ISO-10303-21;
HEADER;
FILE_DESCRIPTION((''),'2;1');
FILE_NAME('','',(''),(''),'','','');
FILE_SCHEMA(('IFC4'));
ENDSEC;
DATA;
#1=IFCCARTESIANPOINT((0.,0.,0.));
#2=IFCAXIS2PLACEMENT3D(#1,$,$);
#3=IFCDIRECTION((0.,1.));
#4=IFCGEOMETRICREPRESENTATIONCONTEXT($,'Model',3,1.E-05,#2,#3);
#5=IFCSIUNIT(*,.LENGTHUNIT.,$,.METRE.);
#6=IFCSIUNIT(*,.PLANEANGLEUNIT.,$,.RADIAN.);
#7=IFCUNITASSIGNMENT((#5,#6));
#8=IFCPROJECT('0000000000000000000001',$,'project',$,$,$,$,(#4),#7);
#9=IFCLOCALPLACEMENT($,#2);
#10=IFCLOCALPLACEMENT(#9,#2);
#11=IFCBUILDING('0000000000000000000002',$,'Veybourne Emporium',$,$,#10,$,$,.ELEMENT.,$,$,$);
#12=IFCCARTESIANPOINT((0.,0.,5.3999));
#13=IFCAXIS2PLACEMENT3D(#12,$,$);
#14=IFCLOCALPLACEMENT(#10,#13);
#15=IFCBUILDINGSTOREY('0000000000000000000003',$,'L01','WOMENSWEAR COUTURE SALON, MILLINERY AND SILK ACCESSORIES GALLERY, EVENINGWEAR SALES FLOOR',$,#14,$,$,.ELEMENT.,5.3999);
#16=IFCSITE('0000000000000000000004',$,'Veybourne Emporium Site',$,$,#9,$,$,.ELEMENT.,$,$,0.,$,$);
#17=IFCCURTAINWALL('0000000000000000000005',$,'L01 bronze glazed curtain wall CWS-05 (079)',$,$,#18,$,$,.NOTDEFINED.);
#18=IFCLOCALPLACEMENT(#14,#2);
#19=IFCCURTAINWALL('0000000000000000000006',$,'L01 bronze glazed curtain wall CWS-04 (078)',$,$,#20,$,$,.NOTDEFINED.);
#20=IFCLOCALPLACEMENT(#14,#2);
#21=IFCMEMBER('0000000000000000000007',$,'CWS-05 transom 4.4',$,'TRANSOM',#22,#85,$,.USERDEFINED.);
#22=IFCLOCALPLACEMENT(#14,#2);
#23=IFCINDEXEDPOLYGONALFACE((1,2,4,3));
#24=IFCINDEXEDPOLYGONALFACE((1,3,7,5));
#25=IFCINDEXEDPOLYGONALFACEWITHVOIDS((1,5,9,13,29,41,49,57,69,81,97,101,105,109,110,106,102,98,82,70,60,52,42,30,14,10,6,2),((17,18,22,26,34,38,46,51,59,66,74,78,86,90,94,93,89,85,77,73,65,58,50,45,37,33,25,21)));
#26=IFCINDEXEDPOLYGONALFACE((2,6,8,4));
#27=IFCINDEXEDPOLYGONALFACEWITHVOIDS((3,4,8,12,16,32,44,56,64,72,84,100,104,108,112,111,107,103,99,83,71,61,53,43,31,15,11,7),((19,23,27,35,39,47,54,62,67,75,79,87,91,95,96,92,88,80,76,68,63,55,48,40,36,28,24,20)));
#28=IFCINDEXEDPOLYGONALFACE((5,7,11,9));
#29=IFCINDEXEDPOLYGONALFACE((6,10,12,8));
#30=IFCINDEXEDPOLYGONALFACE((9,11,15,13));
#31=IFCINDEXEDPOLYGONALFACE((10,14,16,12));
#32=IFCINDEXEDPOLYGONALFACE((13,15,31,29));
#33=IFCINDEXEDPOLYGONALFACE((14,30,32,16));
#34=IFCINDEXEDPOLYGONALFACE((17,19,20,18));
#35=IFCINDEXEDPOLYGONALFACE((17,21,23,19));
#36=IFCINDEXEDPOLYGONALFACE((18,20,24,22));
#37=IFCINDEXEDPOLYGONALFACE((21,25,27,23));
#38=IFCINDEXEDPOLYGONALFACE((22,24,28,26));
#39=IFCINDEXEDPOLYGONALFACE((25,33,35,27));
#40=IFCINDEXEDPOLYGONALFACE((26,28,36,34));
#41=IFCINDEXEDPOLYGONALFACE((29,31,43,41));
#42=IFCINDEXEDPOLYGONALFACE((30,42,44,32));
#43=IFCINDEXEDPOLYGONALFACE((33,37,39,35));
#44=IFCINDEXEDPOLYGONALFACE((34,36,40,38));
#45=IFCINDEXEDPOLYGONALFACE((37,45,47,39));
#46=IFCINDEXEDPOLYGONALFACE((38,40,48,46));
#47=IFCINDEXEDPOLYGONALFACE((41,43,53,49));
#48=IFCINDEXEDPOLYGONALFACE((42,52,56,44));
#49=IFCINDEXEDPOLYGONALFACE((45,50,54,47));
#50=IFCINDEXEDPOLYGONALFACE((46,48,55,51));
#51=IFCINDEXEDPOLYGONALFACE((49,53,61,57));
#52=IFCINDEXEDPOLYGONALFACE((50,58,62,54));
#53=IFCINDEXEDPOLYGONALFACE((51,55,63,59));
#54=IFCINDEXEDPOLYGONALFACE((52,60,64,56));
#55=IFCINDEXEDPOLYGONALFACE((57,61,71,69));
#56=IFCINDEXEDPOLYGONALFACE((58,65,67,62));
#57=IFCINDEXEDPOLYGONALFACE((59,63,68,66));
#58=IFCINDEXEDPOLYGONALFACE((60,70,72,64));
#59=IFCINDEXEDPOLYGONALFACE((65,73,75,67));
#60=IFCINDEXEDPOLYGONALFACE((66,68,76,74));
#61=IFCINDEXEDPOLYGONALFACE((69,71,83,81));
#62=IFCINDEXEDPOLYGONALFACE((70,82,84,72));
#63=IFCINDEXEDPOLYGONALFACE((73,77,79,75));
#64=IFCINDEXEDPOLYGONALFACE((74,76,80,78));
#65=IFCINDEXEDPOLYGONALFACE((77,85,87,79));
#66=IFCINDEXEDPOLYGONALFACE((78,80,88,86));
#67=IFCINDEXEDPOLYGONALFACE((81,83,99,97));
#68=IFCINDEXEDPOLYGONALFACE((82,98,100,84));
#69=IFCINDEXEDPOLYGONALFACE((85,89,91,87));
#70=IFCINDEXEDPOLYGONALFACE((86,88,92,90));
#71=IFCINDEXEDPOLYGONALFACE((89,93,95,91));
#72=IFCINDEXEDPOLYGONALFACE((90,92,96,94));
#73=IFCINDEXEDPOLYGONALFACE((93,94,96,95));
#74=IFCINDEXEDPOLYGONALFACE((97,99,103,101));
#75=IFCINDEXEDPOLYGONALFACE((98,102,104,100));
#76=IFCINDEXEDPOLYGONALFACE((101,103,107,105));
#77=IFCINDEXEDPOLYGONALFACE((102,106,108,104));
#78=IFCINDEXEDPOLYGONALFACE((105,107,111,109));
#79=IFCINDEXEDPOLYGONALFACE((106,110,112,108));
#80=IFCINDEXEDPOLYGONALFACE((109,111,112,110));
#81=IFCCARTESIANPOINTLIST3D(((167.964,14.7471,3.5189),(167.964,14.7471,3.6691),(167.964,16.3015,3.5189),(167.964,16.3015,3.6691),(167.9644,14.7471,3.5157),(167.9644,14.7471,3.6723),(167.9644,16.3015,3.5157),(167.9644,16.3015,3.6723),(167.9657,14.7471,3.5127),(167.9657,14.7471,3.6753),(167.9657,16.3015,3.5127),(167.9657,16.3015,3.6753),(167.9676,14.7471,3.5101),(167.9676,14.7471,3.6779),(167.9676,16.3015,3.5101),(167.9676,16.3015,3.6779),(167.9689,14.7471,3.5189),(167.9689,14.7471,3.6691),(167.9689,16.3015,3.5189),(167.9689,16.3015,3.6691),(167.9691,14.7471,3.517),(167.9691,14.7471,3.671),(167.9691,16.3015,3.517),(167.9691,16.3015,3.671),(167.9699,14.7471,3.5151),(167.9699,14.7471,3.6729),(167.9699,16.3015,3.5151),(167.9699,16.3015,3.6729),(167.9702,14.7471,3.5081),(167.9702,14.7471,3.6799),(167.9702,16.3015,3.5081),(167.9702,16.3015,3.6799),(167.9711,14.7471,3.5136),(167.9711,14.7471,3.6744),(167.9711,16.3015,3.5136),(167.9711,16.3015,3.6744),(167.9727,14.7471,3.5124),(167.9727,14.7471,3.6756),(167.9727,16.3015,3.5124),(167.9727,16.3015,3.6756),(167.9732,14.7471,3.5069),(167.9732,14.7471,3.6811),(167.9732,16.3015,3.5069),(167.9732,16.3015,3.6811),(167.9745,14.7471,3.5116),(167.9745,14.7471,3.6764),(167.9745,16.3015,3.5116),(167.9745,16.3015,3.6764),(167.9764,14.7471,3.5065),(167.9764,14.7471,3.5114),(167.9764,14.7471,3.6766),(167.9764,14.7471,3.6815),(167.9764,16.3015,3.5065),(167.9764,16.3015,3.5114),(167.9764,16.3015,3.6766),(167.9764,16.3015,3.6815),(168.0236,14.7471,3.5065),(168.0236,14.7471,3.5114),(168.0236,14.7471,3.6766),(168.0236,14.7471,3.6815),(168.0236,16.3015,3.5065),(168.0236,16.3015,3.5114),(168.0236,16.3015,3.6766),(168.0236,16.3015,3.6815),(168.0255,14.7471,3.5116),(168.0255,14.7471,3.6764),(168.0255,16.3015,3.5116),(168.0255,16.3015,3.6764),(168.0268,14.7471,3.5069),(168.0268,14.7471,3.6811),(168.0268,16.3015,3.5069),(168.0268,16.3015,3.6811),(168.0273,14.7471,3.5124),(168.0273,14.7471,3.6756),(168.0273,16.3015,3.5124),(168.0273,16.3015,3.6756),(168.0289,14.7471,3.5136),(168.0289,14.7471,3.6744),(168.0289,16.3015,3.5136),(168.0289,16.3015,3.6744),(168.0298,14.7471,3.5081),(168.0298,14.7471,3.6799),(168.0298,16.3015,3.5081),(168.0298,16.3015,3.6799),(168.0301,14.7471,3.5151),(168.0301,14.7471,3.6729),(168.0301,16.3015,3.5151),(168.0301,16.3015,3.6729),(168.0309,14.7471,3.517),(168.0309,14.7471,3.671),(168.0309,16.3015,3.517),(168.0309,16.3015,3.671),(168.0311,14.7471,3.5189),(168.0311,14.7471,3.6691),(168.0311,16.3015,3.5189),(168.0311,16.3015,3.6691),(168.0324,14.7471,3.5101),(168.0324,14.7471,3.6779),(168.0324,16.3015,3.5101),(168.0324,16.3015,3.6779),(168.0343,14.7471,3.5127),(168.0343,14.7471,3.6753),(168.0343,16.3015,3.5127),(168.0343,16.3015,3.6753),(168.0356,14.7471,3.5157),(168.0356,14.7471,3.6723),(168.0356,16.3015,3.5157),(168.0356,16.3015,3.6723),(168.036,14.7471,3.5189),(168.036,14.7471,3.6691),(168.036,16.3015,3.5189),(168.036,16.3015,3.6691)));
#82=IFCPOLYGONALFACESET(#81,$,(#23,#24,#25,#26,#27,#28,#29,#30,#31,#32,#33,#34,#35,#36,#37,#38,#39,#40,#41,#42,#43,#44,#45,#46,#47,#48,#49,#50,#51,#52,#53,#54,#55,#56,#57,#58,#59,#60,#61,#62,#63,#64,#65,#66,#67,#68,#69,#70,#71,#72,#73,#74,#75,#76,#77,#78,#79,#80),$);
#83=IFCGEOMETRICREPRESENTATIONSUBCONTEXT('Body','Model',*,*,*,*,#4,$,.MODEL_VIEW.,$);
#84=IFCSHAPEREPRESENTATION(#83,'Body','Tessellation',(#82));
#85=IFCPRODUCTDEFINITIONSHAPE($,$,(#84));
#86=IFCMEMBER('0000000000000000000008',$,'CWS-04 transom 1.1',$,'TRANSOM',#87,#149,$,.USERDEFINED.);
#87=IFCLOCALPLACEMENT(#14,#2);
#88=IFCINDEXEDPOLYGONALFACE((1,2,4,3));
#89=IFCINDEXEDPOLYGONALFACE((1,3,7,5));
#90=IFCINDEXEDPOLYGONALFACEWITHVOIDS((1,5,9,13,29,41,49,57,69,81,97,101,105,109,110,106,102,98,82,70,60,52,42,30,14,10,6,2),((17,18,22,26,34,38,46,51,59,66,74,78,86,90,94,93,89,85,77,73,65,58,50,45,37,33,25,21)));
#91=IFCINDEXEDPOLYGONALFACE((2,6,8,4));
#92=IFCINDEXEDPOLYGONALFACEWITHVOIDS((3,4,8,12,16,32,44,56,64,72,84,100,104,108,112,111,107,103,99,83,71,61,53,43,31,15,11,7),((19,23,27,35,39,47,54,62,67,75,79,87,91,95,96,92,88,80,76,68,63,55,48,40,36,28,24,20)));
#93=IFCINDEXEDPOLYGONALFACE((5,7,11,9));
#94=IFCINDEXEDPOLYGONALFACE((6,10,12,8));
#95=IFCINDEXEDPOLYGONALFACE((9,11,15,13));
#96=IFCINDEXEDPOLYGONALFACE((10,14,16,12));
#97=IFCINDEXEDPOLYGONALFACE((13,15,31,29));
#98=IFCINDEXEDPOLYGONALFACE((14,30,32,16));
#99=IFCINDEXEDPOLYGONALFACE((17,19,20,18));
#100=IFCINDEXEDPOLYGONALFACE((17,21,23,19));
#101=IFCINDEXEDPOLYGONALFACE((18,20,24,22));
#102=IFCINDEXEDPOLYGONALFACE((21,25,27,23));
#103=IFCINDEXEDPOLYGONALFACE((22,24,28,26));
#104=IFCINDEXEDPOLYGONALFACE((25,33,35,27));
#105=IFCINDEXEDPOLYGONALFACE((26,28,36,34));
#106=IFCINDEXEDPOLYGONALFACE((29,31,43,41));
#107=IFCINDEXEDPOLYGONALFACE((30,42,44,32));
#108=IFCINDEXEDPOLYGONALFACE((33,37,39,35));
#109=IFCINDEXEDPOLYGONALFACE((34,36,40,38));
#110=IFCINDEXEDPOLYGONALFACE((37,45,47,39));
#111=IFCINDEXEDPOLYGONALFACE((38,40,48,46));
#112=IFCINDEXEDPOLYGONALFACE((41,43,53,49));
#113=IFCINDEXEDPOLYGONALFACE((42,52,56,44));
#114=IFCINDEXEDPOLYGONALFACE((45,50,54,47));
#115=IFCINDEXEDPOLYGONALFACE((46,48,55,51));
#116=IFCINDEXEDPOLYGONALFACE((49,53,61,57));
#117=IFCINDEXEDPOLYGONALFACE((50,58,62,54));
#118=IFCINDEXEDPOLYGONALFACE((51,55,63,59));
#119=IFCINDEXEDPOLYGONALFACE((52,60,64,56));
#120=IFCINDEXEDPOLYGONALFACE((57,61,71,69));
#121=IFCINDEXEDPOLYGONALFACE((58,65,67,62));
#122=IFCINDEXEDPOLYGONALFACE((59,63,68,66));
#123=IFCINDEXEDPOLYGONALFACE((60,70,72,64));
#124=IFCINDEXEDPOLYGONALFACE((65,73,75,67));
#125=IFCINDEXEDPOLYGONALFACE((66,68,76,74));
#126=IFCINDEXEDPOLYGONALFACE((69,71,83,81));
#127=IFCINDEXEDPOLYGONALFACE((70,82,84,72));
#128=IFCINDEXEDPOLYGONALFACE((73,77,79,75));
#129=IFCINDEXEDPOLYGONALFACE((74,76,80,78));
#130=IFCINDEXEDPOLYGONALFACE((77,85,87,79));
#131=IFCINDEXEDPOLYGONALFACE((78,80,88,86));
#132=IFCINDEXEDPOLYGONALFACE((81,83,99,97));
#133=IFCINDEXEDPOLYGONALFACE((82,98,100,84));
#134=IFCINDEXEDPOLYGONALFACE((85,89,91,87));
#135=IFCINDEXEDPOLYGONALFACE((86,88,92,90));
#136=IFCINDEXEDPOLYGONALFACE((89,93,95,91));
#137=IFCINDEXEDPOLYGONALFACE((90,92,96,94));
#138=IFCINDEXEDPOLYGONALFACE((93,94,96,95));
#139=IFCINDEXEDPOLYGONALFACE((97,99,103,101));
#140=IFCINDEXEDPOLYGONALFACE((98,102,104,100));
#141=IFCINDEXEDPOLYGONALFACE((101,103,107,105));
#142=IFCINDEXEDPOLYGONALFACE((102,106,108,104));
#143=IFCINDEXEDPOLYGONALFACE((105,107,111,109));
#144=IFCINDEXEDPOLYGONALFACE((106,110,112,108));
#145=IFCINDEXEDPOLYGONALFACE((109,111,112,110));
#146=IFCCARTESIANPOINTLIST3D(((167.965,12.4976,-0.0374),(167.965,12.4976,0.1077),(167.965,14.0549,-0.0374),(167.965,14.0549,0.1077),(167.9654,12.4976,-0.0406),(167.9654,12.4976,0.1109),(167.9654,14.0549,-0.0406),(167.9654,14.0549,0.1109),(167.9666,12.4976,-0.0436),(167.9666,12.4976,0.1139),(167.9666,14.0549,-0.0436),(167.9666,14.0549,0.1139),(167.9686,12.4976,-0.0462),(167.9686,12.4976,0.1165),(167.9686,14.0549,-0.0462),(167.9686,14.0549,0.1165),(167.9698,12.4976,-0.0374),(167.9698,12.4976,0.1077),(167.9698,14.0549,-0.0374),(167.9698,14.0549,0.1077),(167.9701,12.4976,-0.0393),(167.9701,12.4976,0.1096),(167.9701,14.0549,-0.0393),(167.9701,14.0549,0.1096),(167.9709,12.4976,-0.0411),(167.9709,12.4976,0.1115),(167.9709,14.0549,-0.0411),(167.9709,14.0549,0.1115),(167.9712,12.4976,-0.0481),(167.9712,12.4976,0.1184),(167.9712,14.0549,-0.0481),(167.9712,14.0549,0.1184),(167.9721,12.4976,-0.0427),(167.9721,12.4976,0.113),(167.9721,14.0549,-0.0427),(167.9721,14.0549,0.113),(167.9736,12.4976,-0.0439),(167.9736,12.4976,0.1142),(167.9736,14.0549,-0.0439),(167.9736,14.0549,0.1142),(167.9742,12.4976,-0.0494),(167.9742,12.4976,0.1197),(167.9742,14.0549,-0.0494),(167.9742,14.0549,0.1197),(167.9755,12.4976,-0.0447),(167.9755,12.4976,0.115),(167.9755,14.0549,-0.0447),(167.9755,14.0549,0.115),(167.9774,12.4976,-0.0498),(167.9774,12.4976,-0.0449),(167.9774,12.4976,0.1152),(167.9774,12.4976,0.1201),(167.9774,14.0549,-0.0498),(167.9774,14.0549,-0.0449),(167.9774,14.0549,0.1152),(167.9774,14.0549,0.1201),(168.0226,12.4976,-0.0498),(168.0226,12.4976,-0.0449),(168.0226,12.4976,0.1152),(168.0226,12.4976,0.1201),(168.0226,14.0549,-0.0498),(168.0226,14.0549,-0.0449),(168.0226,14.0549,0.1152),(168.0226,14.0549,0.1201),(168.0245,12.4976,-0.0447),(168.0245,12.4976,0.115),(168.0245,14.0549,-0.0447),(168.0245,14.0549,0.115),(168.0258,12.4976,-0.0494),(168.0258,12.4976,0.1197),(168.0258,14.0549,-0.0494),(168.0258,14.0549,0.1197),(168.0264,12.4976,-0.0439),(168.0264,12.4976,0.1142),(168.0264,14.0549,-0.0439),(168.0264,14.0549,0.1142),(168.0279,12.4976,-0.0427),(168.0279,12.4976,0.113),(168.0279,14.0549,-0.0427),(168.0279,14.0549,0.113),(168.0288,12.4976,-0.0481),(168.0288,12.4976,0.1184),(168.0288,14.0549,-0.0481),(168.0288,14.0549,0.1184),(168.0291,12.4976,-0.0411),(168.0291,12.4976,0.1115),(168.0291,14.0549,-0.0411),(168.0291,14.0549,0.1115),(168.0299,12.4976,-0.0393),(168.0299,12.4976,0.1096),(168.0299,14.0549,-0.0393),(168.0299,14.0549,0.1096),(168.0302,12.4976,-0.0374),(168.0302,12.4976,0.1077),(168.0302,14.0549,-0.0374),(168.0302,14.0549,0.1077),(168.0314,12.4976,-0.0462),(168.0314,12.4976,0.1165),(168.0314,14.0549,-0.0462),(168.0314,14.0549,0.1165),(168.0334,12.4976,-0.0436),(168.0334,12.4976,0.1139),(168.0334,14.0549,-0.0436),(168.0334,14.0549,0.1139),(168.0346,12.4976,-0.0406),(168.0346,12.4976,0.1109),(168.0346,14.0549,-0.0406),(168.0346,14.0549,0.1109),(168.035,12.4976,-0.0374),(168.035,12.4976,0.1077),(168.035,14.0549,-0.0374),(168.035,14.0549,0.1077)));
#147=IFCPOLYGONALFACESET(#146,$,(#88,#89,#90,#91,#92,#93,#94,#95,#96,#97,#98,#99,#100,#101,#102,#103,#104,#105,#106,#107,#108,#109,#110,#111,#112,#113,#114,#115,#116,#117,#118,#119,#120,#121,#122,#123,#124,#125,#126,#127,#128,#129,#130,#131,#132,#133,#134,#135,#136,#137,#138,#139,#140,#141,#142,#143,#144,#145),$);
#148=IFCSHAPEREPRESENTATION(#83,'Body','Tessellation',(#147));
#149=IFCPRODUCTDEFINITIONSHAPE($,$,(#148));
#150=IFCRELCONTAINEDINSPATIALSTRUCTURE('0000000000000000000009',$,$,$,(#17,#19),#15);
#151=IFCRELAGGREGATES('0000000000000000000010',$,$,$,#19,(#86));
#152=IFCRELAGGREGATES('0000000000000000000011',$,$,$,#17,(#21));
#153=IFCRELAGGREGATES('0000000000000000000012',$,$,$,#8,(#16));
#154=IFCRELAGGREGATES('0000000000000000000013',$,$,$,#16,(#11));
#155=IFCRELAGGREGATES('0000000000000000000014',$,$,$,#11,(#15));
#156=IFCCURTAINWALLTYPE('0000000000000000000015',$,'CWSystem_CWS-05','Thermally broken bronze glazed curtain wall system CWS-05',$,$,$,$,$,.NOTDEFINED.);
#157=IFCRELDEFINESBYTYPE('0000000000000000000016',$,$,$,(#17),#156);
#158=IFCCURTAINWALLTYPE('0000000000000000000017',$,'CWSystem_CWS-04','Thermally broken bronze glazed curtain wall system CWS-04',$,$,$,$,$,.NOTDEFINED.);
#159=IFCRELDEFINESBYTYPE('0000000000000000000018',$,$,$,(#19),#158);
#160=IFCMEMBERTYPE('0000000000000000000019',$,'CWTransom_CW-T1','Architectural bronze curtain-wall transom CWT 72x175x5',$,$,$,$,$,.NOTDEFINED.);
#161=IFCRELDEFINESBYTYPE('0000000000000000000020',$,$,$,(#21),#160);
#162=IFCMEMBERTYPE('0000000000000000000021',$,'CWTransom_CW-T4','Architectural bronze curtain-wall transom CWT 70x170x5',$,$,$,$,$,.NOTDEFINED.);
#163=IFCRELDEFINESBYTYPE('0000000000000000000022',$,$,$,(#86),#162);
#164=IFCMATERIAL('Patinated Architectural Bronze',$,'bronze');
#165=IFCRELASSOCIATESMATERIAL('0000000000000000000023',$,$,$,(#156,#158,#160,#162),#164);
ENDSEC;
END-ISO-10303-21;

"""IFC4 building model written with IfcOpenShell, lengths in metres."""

from ifc_helpers import new_model, si_unit, direction, frame, origin, origin_2d, place, context, subcontext, project, spatial, hollow_rectangle, extrude, material, material_profile, profile_set, type_object, element, aggregate, save


model = new_model("IFC4")

# Units and contexts
model_context = context("Model", 3, precision=1e-05, world=origin(), true_north=direction((0.0, 1.0)))
body_context = subcontext(model_context, "Body", "Model", "MODEL_VIEW")
ifc_project = project(units=[si_unit("LENGTHUNIT", "METRE"), si_unit("PLANEANGLEUNIT", "RADIAN")], contexts=[model_context])

# Site, building, storey
site_placement = place(None, origin())
site = spatial("IfcSite", under=ifc_project, at=site_placement, Name="Veybourne Emporium Site", CompositionType="ELEMENT", RefElevation=0.0)
building_placement = place(site_placement, origin())
building = spatial("IfcBuilding", under=site, at=building_placement, Name="Veybourne Emporium", CompositionType="ELEMENT")
storey_placement = place(building_placement, frame((0.0, 0.0, 5.3999)))
storey = spatial("IfcBuildingStorey", under=building, at=storey_placement, Name="L01", Description="WOMENSWEAR COUTURE SALON, MILLINERY AND SILK ACCESSORIES GALLERY, EVENINGWEAR SALES FLOOR", CompositionType="ELEMENT", Elevation=5.3999)

# Curtain wall
ifc_material_1 = material(Name="Patinated Architectural Bronze", Category="bronze")
curtain_wall_type_1 = type_object("IfcCurtainWallType", Name="CWSystem_CWS-05", Description="Thermally broken bronze glazed curtain wall system CWS-05", PredefinedType="NOTDEFINED", material=ifc_material_1)
curtain_wall_1_placement = place(storey_placement, origin())
curtain_wall_1 = element("IfcCurtainWall", 1, at=curtain_wall_1_placement, inside=storey, type_object=curtain_wall_type_1, Name="L01 bronze glazed curtain wall CWS-05 (079)", PredefinedType="NOTDEFINED")

# Curtain wall
curtain_wall_type_2 = type_object("IfcCurtainWallType", Name="CWSystem_CWS-04", Description="Thermally broken bronze glazed curtain wall system CWS-04", PredefinedType="NOTDEFINED", material=ifc_material_1)
curtain_wall_2_placement = place(storey_placement, origin())
curtain_wall_2 = element("IfcCurtainWall", 2, at=curtain_wall_2_placement, inside=storey, type_object=curtain_wall_type_2, Name="L01 bronze glazed curtain wall CWS-04 (078)", PredefinedType="NOTDEFINED")

# Members
ifc_material_profile_1 = material_profile(ifc_material_1, hollow_rectangle(XDim=0.072, YDim=0.175, WallThickness=0.0049, InnerFilletRadius=0.0076, OuterFilletRadius=0.0125, at=origin_2d()), Name="CWT 72x175x5")
ifc_profile_set_1 = profile_set([ifc_material_profile_1], Name="Patinated Architectural Bronze")
member_type_1 = type_object("IfcMemberType", Name="CWTransom_CW-T1", Description="Architectural bronze curtain-wall transom CWT 72x175x5", PredefinedType="NOTDEFINED", material=ifc_profile_set_1)
member_1_placement = place(storey_placement, frame((168.0, 16.3015, 3.594), z_axis=(0.0, -1.0, 0.0), x_axis=(1.0, 0.0, 0.0)))
member_1 = element("IfcMember", 3, at=member_1_placement, type_object=member_type_1, Name="CWS-05 transom 4.4", ObjectType="TRANSOM", PredefinedType="USERDEFINED", context=body_context, shape_type="SweptSolid", body=[
    extrude(hollow_rectangle(XDim=0.072, YDim=0.175, WallThickness=0.0049, InnerFilletRadius=0.0076, OuterFilletRadius=0.0125, at=origin_2d()), origin(), (0.0, 0.0, 1.0), 1.5544),
])
ifc_material_profile_2 = material_profile(ifc_material_1, hollow_rectangle(XDim=0.0701, YDim=0.1699, WallThickness=0.0049, InnerFilletRadius=0.0076, OuterFilletRadius=0.0125, at=origin_2d()), Name="CWT 70x170x5")
ifc_profile_set_2 = profile_set([ifc_material_profile_2], Name="Patinated Architectural Bronze")
member_type_2 = type_object("IfcMemberType", Name="CWTransom_CW-T4", Description="Architectural bronze curtain-wall transom CWT 70x170x5", PredefinedType="NOTDEFINED", material=ifc_profile_set_2)
member_2_placement = place(storey_placement, frame((168.0, 14.0549, 0.0352), z_axis=(0.0, -1.0, 0.0), x_axis=(1.0, 0.0, 0.0)))
member_2 = element("IfcMember", 4, at=member_2_placement, type_object=member_type_2, Name="CWS-04 transom 1.1", ObjectType="TRANSOM", PredefinedType="USERDEFINED", context=body_context, shape_type="SweptSolid", body=[
    extrude(hollow_rectangle(XDim=0.0701, YDim=0.1699, WallThickness=0.0049, InnerFilletRadius=0.0076, OuterFilletRadius=0.0125, at=origin_2d()), origin(), (0.0, 0.0, 1.0), 1.5574),
])
aggregate(curtain_wall_2, [member_2])

aggregate(curtain_wall_1, [member_1])

save(model, "model.ifc")
